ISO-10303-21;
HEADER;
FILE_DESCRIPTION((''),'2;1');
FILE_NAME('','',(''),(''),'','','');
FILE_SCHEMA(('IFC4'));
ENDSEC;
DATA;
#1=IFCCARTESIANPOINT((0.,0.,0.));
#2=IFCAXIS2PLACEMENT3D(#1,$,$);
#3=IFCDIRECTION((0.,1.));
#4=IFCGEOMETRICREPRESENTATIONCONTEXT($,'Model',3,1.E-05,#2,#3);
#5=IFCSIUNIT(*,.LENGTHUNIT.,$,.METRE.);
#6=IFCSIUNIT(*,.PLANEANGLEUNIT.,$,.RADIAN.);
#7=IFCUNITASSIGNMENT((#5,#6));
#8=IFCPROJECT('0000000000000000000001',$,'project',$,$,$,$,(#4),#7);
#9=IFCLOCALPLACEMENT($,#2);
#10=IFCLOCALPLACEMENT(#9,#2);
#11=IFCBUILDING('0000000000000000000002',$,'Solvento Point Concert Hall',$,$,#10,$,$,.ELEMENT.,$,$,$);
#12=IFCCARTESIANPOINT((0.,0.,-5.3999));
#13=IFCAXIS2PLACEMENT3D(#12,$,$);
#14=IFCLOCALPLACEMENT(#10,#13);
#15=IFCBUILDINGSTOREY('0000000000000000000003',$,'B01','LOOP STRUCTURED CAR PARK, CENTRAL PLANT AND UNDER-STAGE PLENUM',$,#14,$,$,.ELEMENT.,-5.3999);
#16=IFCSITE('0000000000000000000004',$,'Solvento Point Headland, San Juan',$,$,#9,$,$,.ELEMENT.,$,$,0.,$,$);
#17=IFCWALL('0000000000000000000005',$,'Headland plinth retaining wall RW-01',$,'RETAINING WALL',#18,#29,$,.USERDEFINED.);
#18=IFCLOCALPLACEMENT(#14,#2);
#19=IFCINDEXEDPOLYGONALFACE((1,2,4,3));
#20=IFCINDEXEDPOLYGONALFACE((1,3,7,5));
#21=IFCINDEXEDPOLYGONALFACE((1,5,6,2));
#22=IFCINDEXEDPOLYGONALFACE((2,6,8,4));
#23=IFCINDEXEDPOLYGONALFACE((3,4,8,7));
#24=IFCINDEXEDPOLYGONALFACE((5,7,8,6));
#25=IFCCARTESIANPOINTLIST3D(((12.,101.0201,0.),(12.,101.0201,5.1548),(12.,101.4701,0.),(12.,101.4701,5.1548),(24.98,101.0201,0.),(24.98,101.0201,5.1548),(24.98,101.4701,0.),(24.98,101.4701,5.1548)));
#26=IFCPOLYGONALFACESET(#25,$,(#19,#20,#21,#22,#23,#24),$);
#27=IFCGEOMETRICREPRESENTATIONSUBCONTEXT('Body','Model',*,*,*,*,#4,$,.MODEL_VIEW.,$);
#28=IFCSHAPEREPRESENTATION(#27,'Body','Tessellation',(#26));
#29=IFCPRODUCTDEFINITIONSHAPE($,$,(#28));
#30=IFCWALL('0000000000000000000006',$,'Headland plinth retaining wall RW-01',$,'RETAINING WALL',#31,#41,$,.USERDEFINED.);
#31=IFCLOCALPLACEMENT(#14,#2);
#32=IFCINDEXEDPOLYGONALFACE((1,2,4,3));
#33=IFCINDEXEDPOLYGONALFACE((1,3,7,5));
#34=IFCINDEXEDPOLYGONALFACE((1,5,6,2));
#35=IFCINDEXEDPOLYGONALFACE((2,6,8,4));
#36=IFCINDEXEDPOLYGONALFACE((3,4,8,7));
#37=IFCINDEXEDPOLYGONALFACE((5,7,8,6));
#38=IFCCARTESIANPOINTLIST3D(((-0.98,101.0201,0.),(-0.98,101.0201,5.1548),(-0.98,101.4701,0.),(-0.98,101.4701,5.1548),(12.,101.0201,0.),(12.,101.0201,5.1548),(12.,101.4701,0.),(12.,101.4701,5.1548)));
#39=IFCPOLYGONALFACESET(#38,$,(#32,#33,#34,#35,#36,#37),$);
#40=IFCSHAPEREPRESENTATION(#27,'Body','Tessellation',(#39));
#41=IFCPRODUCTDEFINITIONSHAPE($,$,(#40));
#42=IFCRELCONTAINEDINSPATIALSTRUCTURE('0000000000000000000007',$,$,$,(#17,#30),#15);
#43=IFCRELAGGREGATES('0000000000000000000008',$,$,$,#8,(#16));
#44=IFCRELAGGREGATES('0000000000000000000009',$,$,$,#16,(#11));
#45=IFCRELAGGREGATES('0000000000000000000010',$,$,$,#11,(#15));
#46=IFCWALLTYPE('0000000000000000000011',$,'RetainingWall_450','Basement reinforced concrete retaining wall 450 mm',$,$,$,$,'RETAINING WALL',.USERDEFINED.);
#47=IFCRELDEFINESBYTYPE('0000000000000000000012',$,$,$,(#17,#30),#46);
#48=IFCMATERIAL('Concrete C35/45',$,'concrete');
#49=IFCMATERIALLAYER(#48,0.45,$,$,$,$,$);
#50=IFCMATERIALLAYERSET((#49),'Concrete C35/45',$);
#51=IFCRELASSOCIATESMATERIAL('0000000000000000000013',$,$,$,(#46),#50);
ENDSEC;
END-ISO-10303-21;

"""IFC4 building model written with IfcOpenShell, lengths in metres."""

from ifc_helpers import new_model, si_unit, direction, frame, frame_2d, origin, place, context, subcontext, project, spatial, rectangle, extrude, material, layer, layer_set, type_object, element, save


model = new_model("IFC4")

# Units and contexts
model_context = context("Model", 3, precision=1e-05, world=origin(), true_north=direction((0.0, 1.0)))
body_context = subcontext(model_context, "Body", "Model", "MODEL_VIEW")
ifc_project = project(units=[si_unit("LENGTHUNIT", "METRE"), si_unit("PLANEANGLEUNIT", "RADIAN")], contexts=[model_context])

# Site, building, storey
site_placement = place(None, origin())
site = spatial("IfcSite", under=ifc_project, at=site_placement, Name="Solvento Point Headland, San Juan", CompositionType="ELEMENT", RefElevation=0.0)
building_placement = place(site_placement, origin())
building = spatial("IfcBuilding", under=site, at=building_placement, Name="Solvento Point Concert Hall", CompositionType="ELEMENT")
storey_placement = place(building_placement, frame((0.0, 0.0, -5.3999)))
storey = spatial("IfcBuildingStorey", under=building, at=storey_placement, Name="B01", Description="LOOP STRUCTURED CAR PARK, CENTRAL PLANT AND UNDER-STAGE PLENUM", CompositionType="ELEMENT", Elevation=-5.3999)

# Walls
ifc_material_1 = material(Name="Concrete C35/45", Category="concrete")
ifc_layer = layer(ifc_material_1, 0.45)
ifc_layer_set = layer_set([ifc_layer], Name="Concrete C35/45")
wall_type = type_object("IfcWallType", Name="RetainingWall_450", Description="Basement reinforced concrete retaining wall 450 mm", ElementType="RETAINING WALL", PredefinedType="USERDEFINED", material=ifc_layer_set)
for number, where, z_axis, x_axis, name in (
    (1, (24.98, 101.2451, 0.0), (0.0, 0.0, 1.0), (-1.0, 0.0, 0.0), "Headland plinth retaining wall RW-01"),
    (2, (12.0, 101.2451, 0.0), (0.0, 0.0, 1.0), (-1.0, 0.0, 0.0), "Headland plinth retaining wall RW-01"),
):
    element("IfcWall", number, at=place(storey_placement, frame(where, z_axis=z_axis, x_axis=x_axis)), inside=storey, type_object=wall_type, Name=name, ObjectType="RETAINING WALL", PredefinedType="USERDEFINED", context=body_context, shape_type="SweptSolid", body=[
        extrude(rectangle(XDim=12.98, YDim=0.45, at=frame_2d((6.49, 0.0))), origin(), (0.0, 0.0, 1.0), 5.1548),
    ])

save(model, "model.ifc")
